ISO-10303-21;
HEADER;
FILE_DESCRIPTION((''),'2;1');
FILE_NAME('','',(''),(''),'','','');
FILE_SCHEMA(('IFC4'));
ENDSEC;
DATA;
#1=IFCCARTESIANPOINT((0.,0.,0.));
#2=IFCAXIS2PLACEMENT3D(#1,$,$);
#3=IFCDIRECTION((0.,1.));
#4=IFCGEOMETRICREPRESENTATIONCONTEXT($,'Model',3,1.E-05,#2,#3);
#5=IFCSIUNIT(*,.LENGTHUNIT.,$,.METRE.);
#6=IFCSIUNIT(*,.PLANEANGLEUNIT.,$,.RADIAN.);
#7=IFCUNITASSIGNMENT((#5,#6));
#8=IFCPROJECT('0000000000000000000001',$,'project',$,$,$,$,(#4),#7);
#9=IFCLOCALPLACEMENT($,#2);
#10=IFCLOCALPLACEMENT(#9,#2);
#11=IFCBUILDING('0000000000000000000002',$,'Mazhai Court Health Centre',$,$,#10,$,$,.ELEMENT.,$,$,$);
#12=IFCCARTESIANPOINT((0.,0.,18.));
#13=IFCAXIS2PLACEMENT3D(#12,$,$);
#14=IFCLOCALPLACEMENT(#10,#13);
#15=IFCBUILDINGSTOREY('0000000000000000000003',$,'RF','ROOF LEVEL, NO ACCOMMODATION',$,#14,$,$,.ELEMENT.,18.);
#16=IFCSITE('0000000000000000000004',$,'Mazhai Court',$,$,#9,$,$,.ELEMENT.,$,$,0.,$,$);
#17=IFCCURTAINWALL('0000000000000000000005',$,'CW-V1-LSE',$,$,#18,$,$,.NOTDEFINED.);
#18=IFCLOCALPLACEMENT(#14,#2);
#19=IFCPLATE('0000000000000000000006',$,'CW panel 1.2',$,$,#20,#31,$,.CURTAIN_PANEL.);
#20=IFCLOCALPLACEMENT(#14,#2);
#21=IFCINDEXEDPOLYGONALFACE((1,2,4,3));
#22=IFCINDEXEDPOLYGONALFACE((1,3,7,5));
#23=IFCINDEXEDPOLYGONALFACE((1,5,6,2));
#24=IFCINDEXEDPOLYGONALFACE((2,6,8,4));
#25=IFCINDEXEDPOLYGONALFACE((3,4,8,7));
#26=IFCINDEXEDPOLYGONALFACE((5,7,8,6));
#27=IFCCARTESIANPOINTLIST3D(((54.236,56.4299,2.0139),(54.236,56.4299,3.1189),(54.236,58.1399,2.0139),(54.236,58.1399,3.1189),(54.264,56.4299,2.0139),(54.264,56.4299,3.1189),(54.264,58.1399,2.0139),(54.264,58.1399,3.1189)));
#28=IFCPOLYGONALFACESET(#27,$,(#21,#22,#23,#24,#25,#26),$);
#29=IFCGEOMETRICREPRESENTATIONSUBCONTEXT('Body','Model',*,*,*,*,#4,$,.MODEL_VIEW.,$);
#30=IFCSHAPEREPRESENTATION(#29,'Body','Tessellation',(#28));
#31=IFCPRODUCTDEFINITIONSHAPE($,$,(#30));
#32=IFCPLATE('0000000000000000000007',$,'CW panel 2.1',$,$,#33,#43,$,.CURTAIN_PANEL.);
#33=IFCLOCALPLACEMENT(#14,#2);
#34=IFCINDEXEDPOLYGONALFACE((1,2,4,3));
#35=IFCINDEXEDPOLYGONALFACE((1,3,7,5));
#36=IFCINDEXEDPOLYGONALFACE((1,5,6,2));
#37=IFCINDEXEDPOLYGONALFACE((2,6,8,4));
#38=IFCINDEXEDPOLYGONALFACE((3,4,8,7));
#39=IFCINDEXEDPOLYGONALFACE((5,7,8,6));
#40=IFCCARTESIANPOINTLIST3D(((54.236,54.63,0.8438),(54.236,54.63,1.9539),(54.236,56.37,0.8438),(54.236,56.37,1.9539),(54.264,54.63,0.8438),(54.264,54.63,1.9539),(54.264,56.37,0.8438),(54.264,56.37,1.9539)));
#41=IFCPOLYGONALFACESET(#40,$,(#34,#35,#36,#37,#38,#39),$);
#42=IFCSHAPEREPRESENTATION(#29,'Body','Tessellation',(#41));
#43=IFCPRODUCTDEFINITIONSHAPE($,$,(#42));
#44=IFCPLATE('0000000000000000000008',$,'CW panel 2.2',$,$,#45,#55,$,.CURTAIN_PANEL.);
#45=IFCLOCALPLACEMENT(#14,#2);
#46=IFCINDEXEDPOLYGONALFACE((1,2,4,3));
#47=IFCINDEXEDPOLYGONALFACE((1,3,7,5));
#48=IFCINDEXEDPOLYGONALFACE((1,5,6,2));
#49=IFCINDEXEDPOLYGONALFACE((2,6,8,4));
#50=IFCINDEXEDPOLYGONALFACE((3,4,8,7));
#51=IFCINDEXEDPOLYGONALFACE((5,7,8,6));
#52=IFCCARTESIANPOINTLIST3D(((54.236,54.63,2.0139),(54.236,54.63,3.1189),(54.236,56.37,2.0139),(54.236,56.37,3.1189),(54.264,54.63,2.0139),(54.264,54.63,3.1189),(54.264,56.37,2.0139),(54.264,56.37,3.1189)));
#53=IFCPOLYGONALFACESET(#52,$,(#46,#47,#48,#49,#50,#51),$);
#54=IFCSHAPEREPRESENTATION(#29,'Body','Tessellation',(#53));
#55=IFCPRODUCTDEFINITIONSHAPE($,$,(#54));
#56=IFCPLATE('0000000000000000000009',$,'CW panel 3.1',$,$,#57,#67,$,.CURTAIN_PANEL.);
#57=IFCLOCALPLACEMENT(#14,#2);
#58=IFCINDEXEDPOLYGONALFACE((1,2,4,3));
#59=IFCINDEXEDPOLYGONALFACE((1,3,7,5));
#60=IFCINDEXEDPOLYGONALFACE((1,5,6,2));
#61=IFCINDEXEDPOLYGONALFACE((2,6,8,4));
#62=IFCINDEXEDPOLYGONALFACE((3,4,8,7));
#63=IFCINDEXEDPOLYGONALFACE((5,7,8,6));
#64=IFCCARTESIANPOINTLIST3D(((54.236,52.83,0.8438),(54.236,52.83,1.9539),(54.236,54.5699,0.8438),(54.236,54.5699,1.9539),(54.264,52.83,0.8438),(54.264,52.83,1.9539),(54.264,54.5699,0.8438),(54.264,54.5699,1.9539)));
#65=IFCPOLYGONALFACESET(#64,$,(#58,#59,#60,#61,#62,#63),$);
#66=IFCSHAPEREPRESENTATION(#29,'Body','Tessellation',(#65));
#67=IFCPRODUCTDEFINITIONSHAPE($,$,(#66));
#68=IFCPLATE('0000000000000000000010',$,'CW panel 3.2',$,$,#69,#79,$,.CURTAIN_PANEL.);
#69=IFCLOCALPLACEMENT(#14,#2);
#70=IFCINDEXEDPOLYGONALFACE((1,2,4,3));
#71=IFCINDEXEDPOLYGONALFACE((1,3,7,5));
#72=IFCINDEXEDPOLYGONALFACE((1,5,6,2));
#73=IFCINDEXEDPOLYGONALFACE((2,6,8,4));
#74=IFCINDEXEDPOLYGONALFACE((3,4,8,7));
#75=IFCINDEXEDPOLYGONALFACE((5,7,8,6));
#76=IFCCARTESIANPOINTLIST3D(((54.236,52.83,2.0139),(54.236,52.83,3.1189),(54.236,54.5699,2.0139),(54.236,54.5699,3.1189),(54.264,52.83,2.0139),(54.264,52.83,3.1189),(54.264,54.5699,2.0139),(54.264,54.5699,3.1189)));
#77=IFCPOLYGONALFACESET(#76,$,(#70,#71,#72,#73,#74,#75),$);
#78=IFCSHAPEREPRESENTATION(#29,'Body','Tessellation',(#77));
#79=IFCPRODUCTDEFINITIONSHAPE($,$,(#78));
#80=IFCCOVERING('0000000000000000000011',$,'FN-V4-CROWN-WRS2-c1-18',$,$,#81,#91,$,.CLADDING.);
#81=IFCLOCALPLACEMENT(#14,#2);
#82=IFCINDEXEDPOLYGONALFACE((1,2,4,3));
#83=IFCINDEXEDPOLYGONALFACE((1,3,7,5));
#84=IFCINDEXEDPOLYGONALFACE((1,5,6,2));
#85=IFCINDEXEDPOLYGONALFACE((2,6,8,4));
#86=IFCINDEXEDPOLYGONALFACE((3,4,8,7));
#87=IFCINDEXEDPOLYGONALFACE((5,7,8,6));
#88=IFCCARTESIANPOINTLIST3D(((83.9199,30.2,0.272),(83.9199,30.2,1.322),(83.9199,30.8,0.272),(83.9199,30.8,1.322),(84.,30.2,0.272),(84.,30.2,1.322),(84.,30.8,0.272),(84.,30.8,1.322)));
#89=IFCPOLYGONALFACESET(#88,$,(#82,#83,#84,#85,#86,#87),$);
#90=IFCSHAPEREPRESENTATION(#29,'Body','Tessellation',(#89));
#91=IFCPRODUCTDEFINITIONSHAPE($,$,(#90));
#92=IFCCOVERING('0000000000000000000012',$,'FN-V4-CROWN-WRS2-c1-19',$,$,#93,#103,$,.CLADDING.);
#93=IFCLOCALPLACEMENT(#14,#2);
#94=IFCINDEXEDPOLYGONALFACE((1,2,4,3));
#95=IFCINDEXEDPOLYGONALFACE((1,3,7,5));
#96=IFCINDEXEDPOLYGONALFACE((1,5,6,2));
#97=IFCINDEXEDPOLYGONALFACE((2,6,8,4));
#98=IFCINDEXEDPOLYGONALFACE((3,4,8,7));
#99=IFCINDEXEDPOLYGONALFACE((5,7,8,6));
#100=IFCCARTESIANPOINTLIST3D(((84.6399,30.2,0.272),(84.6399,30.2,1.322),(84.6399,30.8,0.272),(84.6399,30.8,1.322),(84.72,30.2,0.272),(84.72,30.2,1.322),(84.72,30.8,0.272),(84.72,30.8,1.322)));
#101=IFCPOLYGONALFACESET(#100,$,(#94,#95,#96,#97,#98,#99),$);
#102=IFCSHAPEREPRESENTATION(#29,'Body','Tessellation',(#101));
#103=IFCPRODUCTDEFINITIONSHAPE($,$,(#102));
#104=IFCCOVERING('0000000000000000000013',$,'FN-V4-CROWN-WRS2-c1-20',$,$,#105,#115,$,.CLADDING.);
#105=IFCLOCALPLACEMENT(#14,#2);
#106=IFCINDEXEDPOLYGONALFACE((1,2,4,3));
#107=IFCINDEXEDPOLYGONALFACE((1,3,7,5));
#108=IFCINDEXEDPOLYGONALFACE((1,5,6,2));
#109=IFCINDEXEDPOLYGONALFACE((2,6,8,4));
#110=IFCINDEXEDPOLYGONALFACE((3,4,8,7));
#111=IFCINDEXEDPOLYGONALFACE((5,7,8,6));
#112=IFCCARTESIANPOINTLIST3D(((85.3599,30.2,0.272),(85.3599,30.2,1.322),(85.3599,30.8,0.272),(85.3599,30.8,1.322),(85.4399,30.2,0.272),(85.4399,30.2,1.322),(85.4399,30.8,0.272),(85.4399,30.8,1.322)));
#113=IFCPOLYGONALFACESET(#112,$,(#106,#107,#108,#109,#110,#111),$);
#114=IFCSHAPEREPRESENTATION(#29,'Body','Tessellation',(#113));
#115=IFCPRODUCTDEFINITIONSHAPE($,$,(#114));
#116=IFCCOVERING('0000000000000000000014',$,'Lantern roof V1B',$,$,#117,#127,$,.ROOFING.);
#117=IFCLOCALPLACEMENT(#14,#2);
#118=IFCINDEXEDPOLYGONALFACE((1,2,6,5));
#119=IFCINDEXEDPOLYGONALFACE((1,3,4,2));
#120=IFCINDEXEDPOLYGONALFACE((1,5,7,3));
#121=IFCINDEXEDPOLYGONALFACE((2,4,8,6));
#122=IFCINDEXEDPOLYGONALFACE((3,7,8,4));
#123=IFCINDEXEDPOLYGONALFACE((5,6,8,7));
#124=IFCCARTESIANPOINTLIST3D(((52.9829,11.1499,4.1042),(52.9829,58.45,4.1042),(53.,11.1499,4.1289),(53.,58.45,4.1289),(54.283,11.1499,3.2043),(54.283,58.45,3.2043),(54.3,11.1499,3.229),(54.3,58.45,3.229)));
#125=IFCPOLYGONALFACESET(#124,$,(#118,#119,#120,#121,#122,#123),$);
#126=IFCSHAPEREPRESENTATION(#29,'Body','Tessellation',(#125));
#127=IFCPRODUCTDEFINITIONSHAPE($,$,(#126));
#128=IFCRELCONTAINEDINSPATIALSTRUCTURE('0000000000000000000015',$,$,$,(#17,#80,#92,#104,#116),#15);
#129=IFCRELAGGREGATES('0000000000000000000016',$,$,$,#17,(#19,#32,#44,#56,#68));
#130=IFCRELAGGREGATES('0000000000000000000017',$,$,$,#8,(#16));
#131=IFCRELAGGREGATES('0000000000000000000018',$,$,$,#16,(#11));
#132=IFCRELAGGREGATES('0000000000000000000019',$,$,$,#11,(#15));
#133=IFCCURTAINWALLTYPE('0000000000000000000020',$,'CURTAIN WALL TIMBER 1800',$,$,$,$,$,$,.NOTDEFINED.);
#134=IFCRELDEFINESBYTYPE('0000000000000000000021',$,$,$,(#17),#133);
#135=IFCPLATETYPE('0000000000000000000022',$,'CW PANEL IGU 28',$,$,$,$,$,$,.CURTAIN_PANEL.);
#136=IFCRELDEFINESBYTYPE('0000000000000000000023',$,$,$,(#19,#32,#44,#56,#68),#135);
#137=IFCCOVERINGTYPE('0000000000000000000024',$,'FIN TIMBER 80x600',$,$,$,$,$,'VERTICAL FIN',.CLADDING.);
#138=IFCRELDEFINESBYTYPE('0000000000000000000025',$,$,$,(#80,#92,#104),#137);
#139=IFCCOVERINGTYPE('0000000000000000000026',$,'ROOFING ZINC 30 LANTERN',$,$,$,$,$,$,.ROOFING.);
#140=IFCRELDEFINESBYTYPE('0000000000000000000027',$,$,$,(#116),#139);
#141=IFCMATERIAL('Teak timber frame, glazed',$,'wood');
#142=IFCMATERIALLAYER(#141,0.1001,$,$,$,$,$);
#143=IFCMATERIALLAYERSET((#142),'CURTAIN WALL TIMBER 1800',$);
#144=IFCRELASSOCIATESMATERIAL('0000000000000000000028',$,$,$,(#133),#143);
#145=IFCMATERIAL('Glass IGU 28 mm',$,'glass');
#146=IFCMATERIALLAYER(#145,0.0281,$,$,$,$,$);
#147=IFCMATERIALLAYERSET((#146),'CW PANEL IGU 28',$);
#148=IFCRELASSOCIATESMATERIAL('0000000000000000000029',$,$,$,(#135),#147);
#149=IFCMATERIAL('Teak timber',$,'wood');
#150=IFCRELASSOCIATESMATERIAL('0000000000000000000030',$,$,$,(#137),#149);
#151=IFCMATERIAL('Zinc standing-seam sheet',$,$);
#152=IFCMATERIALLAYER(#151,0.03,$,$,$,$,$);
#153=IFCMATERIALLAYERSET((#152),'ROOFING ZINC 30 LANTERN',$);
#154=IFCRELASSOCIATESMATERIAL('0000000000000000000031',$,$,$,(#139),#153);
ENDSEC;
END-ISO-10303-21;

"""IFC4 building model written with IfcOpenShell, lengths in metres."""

from ifc_helpers import new_model, si_unit, direction, frame, origin, origin_2d, place, context, subcontext, project, spatial, polyline, rectangle, outline, extrude, material, layer, layer_set, type_object, element, aggregate, save


model = new_model("IFC4")

# Units and contexts
model_context = context("Model", 3, precision=1e-05, world=origin(), true_north=direction((0.0, 1.0)))
body_context = subcontext(model_context, "Body", "Model", "MODEL_VIEW")
ifc_project = project(units=[si_unit("LENGTHUNIT", "METRE"), si_unit("PLANEANGLEUNIT", "RADIAN")], contexts=[model_context])

# Site, building, storey
site_placement = place(None, origin())
site = spatial("IfcSite", under=ifc_project, at=site_placement, Name="Mazhai Court", CompositionType="ELEMENT", RefElevation=0.0)
building_placement = place(site_placement, origin())
building = spatial("IfcBuilding", under=site, at=building_placement, Name="Mazhai Court Health Centre", CompositionType="ELEMENT")
storey_placement = place(building_placement, frame((0.0, 0.0, 18.0)))
storey = spatial("IfcBuildingStorey", under=building, at=storey_placement, Name="RF", Description="ROOF LEVEL, NO ACCOMMODATION", CompositionType="ELEMENT", Elevation=18.0)

# Curtain wall, plates
ifc_material_1 = material(Name="Teak timber frame, glazed", Category="wood")
ifc_layer_1 = layer(ifc_material_1, 0.1001)
ifc_layer_set_1 = layer_set([ifc_layer_1], Name="CURTAIN WALL TIMBER 1800")
curtain_wall_type = type_object("IfcCurtainWallType", Name="CURTAIN WALL TIMBER 1800", PredefinedType="NOTDEFINED", material=ifc_layer_set_1)
curtain_wall_placement = place(storey_placement, origin())
curtain_wall = element("IfcCurtainWall", 1, at=curtain_wall_placement, inside=storey, type_object=curtain_wall_type, Name="CW-V1-LSE", PredefinedType="NOTDEFINED")
ifc_material_2 = material(Name="Glass IGU 28 mm", Category="glass")
ifc_layer_2 = layer(ifc_material_2, 0.0281)
ifc_layer_set_2 = layer_set([ifc_layer_2], Name="CW PANEL IGU 28")
plate_type = type_object("IfcPlateType", Name="CW PANEL IGU 28", PredefinedType="CURTAIN_PANEL", material=ifc_layer_set_2)
plate_1_placement = place(storey_placement, frame((54.25, 57.2849, 2.0139), z_axis=(0.0, 0.0, 1.0), x_axis=(0.0, -1.0, 0.0)))
plate_1 = element("IfcPlate", 2, at=plate_1_placement, type_object=plate_type, Name="CW panel 1.2", PredefinedType="CURTAIN_PANEL", context=body_context, shape_type="SweptSolid", body=[
    extrude(rectangle(XDim=1.71, YDim=0.0281, at=origin_2d()), origin(), (0.0, 0.0, 1.0), 1.105),
])
plate_2_placement = place(storey_placement, frame((54.25, 55.5, 0.8438), z_axis=(0.0, 0.0, 1.0), x_axis=(0.0, -1.0, 0.0)))
plate_2 = element("IfcPlate", 3, at=plate_2_placement, type_object=plate_type, Name="CW panel 2.1", PredefinedType="CURTAIN_PANEL", context=body_context, shape_type="SweptSolid", body=[
    extrude(rectangle(XDim=1.74, YDim=0.0281, at=origin_2d()), origin(), (0.0, 0.0, 1.0), 1.1101),
])
plate_3_placement = place(storey_placement, frame((54.25, 55.5, 2.0139), z_axis=(0.0, 0.0, 1.0), x_axis=(0.0, -1.0, 0.0)))
plate_3 = element("IfcPlate", 4, at=plate_3_placement, type_object=plate_type, Name="CW panel 2.2", PredefinedType="CURTAIN_PANEL", context=body_context, shape_type="SweptSolid", body=[
    extrude(rectangle(XDim=1.74, YDim=0.0281, at=origin_2d()), origin(), (0.0, 0.0, 1.0), 1.105),
])
plate_4_placement = place(storey_placement, frame((54.25, 53.7, 0.8438), z_axis=(0.0, 0.0, 1.0), x_axis=(0.0, -1.0, 0.0)))
plate_4 = element("IfcPlate", 5, at=plate_4_placement, type_object=plate_type, Name="CW panel 3.1", PredefinedType="CURTAIN_PANEL", context=body_context, shape_type="SweptSolid", body=[
    extrude(rectangle(XDim=1.74, YDim=0.0281, at=origin_2d()), origin(), (0.0, 0.0, 1.0), 1.1101),
])
plate_5_placement = place(storey_placement, frame((54.25, 53.7, 2.0139), z_axis=(0.0, 0.0, 1.0), x_axis=(0.0, -1.0, 0.0)))
plate_5 = element("IfcPlate", 6, at=plate_5_placement, type_object=plate_type, Name="CW panel 3.2", PredefinedType="CURTAIN_PANEL", context=body_context, shape_type="SweptSolid", body=[
    extrude(rectangle(XDim=1.74, YDim=0.0281, at=origin_2d()), origin(), (0.0, 0.0, 1.0), 1.105),
])
aggregate(curtain_wall, [plate_1, plate_2, plate_3, plate_4, plate_5])

# Coverings
ifc_material_3 = material(Name="Teak timber", Category="wood")
covering_type_1 = type_object("IfcCoveringType", Name="FIN TIMBER 80x600", ElementType="VERTICAL FIN", PredefinedType="CLADDING", material=ifc_material_3)
for number, where, z_axis, x_axis, name in (
    (7, (83.96, 30.5, 0.272), (0.0, 0.0, 1.0), (1.0, 0.0, 0.0), "FN-V4-CROWN-WRS2-c1-18"),
    (8, (84.6799, 30.5, 0.272), (0.0, 0.0, 1.0), (1.0, 0.0, 0.0), "FN-V4-CROWN-WRS2-c1-19"),
    (9, (85.3999, 30.5, 0.272), (0.0, 0.0, 1.0), (1.0, 0.0, 0.0), "FN-V4-CROWN-WRS2-c1-20"),
):
    element("IfcCovering", number, at=place(storey_placement, frame(where, z_axis=z_axis, x_axis=x_axis)), inside=storey, type_object=covering_type_1, Name=name, PredefinedType="CLADDING", context=body_context, shape_type="SweptSolid", body=[
        extrude(rectangle(XDim=0.0801, YDim=0.6001, at=origin_2d()), origin(), (0.0, 0.0, 1.0), 1.05),
    ])
ifc_material_4 = material(Name="Zinc standing-seam sheet")
ifc_layer_3 = layer(ifc_material_4, 0.03)
ifc_layer_set_3 = layer_set([ifc_layer_3], Name="ROOFING ZINC 30 LANTERN")
covering_type_2 = type_object("IfcCoveringType", Name="ROOFING ZINC 30 LANTERN", PredefinedType="ROOFING", material=ifc_layer_set_3)
covering_placement = place(storey_placement, frame((54.3, 58.45, 3.229), z_axis=(0.569154, 0.0, 0.822231), x_axis=(-0.822231, 0.0, 0.569154)))
element("IfcCovering", 10, at=covering_placement, inside=storey, type_object=covering_type_2, Name="Lantern roof V1B", PredefinedType="ROOFING", context=body_context, shape_type="SweptSolid", body=[
    extrude(outline(polyline([(0.0, 0.0), (1.5811, 0.0), (1.5811, 47.3), (0.0, 47.3), (0.0, 0.0)])), origin(), (0.0, 0.0, -1.0), 0.03),
])

save(model, "model.ifc")
